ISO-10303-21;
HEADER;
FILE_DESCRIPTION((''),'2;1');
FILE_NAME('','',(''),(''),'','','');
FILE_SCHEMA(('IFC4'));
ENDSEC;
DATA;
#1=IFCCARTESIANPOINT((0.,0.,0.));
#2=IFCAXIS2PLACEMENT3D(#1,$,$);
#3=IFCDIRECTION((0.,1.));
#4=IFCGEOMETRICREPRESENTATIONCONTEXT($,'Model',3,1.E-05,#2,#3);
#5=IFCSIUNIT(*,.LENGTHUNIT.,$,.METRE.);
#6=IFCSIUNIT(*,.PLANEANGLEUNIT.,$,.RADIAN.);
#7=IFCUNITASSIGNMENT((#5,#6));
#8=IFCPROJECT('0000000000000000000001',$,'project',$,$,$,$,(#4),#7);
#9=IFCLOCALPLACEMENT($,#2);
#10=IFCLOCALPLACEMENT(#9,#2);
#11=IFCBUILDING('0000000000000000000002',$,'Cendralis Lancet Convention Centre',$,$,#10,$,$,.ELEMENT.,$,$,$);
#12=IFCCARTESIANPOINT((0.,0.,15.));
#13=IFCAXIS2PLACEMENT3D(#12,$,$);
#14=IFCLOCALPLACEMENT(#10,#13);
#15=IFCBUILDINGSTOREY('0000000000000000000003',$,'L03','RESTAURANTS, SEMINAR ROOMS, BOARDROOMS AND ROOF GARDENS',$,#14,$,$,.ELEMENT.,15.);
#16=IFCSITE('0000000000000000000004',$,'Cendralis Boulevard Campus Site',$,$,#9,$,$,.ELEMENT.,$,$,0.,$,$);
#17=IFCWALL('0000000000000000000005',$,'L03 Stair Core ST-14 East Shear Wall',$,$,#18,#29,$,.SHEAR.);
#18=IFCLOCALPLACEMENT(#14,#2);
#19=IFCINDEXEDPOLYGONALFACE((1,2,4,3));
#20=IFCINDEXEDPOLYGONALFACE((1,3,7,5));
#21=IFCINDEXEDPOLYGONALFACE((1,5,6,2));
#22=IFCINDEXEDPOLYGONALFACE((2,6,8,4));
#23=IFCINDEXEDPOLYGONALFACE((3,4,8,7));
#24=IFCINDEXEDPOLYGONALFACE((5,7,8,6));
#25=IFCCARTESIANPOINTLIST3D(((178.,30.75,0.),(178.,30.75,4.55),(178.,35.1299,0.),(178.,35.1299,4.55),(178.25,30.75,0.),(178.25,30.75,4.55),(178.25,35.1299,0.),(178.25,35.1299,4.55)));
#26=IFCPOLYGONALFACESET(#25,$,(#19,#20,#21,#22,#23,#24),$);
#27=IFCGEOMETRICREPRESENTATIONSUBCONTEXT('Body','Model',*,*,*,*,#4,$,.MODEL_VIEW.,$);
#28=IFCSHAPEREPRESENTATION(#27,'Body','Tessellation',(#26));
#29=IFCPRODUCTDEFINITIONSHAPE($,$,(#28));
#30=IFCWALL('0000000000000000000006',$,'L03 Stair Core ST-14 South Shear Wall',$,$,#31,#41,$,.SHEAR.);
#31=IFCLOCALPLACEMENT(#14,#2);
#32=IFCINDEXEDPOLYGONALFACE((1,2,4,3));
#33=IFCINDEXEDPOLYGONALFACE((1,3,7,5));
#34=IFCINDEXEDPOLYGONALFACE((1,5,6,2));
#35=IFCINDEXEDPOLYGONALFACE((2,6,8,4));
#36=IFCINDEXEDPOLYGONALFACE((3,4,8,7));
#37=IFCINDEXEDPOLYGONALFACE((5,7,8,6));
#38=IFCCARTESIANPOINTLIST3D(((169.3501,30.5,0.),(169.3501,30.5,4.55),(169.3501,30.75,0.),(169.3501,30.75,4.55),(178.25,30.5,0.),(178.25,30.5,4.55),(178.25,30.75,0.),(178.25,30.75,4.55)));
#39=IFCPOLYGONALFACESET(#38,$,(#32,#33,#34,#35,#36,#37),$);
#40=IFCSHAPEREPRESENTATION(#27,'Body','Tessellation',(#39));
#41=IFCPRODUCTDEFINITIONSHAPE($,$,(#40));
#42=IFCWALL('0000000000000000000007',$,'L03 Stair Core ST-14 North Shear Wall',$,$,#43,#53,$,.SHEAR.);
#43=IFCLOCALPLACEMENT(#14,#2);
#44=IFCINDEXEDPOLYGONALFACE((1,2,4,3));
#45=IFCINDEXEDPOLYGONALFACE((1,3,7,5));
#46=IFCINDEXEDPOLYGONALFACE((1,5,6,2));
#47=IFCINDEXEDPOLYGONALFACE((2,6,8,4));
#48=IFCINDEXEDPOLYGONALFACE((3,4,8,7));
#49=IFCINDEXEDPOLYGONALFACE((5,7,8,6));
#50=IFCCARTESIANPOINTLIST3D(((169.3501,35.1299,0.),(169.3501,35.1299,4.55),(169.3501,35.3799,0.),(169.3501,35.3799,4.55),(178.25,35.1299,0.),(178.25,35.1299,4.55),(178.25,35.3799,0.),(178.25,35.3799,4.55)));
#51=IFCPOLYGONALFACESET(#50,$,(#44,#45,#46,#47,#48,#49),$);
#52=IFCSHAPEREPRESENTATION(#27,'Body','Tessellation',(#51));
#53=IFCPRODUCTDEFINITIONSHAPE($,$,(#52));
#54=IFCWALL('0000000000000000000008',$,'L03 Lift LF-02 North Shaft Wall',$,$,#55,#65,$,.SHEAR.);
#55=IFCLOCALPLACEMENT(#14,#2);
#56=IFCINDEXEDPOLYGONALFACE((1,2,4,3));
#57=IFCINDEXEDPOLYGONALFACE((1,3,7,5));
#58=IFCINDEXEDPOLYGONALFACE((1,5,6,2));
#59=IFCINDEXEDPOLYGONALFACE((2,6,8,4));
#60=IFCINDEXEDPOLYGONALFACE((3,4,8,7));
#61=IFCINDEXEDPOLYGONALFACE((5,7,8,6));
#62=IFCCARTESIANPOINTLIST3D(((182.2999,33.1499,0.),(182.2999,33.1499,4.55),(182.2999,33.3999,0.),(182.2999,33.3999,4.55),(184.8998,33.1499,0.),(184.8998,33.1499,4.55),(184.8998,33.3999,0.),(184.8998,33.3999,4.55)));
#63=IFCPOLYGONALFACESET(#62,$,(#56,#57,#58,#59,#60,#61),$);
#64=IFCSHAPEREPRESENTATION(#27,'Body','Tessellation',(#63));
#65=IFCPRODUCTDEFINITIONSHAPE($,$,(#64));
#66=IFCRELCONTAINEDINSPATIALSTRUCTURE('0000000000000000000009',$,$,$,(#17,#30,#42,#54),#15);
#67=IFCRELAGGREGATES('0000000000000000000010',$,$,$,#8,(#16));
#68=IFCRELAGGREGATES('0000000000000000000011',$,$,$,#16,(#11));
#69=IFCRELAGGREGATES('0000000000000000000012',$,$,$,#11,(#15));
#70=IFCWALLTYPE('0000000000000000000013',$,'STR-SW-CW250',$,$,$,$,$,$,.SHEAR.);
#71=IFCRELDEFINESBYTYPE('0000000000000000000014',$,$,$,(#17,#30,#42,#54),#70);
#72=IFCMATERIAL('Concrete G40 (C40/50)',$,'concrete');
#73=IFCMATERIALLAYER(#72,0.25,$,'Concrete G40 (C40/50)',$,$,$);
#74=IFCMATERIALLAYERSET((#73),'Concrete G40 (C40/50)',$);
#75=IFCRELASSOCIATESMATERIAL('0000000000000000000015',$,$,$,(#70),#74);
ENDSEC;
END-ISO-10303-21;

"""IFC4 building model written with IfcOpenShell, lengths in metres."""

from ifc_helpers import new_model, si_unit, direction, frame, frame_2d, origin, place, context, subcontext, project, spatial, rectangle, extrude, material, layer, layer_set, type_object, element, save


model = new_model("IFC4")

# Units and contexts
model_context = context("Model", 3, precision=1e-05, world=origin(), true_north=direction((0.0, 1.0)))
body_context = subcontext(model_context, "Body", "Model", "MODEL_VIEW")
ifc_project = project(units=[si_unit("LENGTHUNIT", "METRE"), si_unit("PLANEANGLEUNIT", "RADIAN")], contexts=[model_context])

# Site, building, storey
site_placement = place(None, origin())
site = spatial("IfcSite", under=ifc_project, at=site_placement, Name="Cendralis Boulevard Campus Site", CompositionType="ELEMENT", RefElevation=0.0)
building_placement = place(site_placement, origin())
building = spatial("IfcBuilding", under=site, at=building_placement, Name="Cendralis Lancet Convention Centre", CompositionType="ELEMENT")
storey_placement = place(building_placement, frame((0.0, 0.0, 15.0)))
storey = spatial("IfcBuildingStorey", under=building, at=storey_placement, Name="L03", Description="RESTAURANTS, SEMINAR ROOMS, BOARDROOMS AND ROOF GARDENS", CompositionType="ELEMENT", Elevation=15.0)

# Shared definitions
ifc_material_1 = material(Name="Concrete G40 (C40/50)", Category="concrete")

# Shared definitions
ifc_layer_1 = layer(ifc_material_1, 0.25, Name="Concrete G40 (C40/50)")
ifc_layer_set_1 = layer_set([ifc_layer_1], Name="Concrete G40 (C40/50)")
wall_type_1 = type_object("IfcWallType", Name="STR-SW-CW250", PredefinedType="SHEAR", material=ifc_layer_set_1)

# Walls
wall_1_placement = place(storey_placement, frame((178.125, 30.75, 0.0), z_axis=(0.0, 0.0, 1.0), x_axis=(0.0, 1.0, 0.0)))
element("IfcWall", 1, at=wall_1_placement, inside=storey, type_object=wall_type_1, Name="L03 Stair Core ST-14 East Shear Wall", PredefinedType="SHEAR", context=body_context, shape_type="SweptSolid", body=[
    extrude(rectangle(XDim=4.3799, YDim=0.25, at=frame_2d((2.1899, 0.0))), origin(), (0.0, 0.0, 1.0), 4.55),
])
for number, where, z_axis, x_axis, name in (
    (2, (169.3501, 30.625, 0.0), (0.0, 0.0, 1.0), (1.0, 0.0, 0.0), "L03 Stair Core ST-14 South Shear Wall"),
    (3, (169.3501, 35.2549, 0.0), (0.0, 0.0, 1.0), (1.0, 0.0, 0.0), "L03 Stair Core ST-14 North Shear Wall"),
):
    element("IfcWall", number, at=place(storey_placement, frame(where, z_axis=z_axis, x_axis=x_axis)), inside=storey, type_object=wall_type_1, Name=name, PredefinedType="SHEAR", context=body_context, shape_type="SweptSolid", body=[
        extrude(rectangle(XDim=8.8999, YDim=0.25, at=frame_2d((4.45, 0.0))), origin(), (0.0, 0.0, 1.0), 4.55),
    ])

# Wall
wall_2_placement = place(storey_placement, frame((182.3, 33.2749, 0.0), z_axis=(0.0, 0.0, 1.0), x_axis=(1.0, 0.0, 0.0)))
element("IfcWall", 4, at=wall_2_placement, inside=storey, type_object=wall_type_1, Name="L03 Lift LF-02 North Shaft Wall", PredefinedType="SHEAR", context=body_context, shape_type="SweptSolid", body=[
    extrude(rectangle(XDim=2.5999, YDim=0.25, at=frame_2d((1.2998, 0.0))), origin(), (0.0, 0.0, 1.0), 4.55),
])

save(model, "model.ifc")
